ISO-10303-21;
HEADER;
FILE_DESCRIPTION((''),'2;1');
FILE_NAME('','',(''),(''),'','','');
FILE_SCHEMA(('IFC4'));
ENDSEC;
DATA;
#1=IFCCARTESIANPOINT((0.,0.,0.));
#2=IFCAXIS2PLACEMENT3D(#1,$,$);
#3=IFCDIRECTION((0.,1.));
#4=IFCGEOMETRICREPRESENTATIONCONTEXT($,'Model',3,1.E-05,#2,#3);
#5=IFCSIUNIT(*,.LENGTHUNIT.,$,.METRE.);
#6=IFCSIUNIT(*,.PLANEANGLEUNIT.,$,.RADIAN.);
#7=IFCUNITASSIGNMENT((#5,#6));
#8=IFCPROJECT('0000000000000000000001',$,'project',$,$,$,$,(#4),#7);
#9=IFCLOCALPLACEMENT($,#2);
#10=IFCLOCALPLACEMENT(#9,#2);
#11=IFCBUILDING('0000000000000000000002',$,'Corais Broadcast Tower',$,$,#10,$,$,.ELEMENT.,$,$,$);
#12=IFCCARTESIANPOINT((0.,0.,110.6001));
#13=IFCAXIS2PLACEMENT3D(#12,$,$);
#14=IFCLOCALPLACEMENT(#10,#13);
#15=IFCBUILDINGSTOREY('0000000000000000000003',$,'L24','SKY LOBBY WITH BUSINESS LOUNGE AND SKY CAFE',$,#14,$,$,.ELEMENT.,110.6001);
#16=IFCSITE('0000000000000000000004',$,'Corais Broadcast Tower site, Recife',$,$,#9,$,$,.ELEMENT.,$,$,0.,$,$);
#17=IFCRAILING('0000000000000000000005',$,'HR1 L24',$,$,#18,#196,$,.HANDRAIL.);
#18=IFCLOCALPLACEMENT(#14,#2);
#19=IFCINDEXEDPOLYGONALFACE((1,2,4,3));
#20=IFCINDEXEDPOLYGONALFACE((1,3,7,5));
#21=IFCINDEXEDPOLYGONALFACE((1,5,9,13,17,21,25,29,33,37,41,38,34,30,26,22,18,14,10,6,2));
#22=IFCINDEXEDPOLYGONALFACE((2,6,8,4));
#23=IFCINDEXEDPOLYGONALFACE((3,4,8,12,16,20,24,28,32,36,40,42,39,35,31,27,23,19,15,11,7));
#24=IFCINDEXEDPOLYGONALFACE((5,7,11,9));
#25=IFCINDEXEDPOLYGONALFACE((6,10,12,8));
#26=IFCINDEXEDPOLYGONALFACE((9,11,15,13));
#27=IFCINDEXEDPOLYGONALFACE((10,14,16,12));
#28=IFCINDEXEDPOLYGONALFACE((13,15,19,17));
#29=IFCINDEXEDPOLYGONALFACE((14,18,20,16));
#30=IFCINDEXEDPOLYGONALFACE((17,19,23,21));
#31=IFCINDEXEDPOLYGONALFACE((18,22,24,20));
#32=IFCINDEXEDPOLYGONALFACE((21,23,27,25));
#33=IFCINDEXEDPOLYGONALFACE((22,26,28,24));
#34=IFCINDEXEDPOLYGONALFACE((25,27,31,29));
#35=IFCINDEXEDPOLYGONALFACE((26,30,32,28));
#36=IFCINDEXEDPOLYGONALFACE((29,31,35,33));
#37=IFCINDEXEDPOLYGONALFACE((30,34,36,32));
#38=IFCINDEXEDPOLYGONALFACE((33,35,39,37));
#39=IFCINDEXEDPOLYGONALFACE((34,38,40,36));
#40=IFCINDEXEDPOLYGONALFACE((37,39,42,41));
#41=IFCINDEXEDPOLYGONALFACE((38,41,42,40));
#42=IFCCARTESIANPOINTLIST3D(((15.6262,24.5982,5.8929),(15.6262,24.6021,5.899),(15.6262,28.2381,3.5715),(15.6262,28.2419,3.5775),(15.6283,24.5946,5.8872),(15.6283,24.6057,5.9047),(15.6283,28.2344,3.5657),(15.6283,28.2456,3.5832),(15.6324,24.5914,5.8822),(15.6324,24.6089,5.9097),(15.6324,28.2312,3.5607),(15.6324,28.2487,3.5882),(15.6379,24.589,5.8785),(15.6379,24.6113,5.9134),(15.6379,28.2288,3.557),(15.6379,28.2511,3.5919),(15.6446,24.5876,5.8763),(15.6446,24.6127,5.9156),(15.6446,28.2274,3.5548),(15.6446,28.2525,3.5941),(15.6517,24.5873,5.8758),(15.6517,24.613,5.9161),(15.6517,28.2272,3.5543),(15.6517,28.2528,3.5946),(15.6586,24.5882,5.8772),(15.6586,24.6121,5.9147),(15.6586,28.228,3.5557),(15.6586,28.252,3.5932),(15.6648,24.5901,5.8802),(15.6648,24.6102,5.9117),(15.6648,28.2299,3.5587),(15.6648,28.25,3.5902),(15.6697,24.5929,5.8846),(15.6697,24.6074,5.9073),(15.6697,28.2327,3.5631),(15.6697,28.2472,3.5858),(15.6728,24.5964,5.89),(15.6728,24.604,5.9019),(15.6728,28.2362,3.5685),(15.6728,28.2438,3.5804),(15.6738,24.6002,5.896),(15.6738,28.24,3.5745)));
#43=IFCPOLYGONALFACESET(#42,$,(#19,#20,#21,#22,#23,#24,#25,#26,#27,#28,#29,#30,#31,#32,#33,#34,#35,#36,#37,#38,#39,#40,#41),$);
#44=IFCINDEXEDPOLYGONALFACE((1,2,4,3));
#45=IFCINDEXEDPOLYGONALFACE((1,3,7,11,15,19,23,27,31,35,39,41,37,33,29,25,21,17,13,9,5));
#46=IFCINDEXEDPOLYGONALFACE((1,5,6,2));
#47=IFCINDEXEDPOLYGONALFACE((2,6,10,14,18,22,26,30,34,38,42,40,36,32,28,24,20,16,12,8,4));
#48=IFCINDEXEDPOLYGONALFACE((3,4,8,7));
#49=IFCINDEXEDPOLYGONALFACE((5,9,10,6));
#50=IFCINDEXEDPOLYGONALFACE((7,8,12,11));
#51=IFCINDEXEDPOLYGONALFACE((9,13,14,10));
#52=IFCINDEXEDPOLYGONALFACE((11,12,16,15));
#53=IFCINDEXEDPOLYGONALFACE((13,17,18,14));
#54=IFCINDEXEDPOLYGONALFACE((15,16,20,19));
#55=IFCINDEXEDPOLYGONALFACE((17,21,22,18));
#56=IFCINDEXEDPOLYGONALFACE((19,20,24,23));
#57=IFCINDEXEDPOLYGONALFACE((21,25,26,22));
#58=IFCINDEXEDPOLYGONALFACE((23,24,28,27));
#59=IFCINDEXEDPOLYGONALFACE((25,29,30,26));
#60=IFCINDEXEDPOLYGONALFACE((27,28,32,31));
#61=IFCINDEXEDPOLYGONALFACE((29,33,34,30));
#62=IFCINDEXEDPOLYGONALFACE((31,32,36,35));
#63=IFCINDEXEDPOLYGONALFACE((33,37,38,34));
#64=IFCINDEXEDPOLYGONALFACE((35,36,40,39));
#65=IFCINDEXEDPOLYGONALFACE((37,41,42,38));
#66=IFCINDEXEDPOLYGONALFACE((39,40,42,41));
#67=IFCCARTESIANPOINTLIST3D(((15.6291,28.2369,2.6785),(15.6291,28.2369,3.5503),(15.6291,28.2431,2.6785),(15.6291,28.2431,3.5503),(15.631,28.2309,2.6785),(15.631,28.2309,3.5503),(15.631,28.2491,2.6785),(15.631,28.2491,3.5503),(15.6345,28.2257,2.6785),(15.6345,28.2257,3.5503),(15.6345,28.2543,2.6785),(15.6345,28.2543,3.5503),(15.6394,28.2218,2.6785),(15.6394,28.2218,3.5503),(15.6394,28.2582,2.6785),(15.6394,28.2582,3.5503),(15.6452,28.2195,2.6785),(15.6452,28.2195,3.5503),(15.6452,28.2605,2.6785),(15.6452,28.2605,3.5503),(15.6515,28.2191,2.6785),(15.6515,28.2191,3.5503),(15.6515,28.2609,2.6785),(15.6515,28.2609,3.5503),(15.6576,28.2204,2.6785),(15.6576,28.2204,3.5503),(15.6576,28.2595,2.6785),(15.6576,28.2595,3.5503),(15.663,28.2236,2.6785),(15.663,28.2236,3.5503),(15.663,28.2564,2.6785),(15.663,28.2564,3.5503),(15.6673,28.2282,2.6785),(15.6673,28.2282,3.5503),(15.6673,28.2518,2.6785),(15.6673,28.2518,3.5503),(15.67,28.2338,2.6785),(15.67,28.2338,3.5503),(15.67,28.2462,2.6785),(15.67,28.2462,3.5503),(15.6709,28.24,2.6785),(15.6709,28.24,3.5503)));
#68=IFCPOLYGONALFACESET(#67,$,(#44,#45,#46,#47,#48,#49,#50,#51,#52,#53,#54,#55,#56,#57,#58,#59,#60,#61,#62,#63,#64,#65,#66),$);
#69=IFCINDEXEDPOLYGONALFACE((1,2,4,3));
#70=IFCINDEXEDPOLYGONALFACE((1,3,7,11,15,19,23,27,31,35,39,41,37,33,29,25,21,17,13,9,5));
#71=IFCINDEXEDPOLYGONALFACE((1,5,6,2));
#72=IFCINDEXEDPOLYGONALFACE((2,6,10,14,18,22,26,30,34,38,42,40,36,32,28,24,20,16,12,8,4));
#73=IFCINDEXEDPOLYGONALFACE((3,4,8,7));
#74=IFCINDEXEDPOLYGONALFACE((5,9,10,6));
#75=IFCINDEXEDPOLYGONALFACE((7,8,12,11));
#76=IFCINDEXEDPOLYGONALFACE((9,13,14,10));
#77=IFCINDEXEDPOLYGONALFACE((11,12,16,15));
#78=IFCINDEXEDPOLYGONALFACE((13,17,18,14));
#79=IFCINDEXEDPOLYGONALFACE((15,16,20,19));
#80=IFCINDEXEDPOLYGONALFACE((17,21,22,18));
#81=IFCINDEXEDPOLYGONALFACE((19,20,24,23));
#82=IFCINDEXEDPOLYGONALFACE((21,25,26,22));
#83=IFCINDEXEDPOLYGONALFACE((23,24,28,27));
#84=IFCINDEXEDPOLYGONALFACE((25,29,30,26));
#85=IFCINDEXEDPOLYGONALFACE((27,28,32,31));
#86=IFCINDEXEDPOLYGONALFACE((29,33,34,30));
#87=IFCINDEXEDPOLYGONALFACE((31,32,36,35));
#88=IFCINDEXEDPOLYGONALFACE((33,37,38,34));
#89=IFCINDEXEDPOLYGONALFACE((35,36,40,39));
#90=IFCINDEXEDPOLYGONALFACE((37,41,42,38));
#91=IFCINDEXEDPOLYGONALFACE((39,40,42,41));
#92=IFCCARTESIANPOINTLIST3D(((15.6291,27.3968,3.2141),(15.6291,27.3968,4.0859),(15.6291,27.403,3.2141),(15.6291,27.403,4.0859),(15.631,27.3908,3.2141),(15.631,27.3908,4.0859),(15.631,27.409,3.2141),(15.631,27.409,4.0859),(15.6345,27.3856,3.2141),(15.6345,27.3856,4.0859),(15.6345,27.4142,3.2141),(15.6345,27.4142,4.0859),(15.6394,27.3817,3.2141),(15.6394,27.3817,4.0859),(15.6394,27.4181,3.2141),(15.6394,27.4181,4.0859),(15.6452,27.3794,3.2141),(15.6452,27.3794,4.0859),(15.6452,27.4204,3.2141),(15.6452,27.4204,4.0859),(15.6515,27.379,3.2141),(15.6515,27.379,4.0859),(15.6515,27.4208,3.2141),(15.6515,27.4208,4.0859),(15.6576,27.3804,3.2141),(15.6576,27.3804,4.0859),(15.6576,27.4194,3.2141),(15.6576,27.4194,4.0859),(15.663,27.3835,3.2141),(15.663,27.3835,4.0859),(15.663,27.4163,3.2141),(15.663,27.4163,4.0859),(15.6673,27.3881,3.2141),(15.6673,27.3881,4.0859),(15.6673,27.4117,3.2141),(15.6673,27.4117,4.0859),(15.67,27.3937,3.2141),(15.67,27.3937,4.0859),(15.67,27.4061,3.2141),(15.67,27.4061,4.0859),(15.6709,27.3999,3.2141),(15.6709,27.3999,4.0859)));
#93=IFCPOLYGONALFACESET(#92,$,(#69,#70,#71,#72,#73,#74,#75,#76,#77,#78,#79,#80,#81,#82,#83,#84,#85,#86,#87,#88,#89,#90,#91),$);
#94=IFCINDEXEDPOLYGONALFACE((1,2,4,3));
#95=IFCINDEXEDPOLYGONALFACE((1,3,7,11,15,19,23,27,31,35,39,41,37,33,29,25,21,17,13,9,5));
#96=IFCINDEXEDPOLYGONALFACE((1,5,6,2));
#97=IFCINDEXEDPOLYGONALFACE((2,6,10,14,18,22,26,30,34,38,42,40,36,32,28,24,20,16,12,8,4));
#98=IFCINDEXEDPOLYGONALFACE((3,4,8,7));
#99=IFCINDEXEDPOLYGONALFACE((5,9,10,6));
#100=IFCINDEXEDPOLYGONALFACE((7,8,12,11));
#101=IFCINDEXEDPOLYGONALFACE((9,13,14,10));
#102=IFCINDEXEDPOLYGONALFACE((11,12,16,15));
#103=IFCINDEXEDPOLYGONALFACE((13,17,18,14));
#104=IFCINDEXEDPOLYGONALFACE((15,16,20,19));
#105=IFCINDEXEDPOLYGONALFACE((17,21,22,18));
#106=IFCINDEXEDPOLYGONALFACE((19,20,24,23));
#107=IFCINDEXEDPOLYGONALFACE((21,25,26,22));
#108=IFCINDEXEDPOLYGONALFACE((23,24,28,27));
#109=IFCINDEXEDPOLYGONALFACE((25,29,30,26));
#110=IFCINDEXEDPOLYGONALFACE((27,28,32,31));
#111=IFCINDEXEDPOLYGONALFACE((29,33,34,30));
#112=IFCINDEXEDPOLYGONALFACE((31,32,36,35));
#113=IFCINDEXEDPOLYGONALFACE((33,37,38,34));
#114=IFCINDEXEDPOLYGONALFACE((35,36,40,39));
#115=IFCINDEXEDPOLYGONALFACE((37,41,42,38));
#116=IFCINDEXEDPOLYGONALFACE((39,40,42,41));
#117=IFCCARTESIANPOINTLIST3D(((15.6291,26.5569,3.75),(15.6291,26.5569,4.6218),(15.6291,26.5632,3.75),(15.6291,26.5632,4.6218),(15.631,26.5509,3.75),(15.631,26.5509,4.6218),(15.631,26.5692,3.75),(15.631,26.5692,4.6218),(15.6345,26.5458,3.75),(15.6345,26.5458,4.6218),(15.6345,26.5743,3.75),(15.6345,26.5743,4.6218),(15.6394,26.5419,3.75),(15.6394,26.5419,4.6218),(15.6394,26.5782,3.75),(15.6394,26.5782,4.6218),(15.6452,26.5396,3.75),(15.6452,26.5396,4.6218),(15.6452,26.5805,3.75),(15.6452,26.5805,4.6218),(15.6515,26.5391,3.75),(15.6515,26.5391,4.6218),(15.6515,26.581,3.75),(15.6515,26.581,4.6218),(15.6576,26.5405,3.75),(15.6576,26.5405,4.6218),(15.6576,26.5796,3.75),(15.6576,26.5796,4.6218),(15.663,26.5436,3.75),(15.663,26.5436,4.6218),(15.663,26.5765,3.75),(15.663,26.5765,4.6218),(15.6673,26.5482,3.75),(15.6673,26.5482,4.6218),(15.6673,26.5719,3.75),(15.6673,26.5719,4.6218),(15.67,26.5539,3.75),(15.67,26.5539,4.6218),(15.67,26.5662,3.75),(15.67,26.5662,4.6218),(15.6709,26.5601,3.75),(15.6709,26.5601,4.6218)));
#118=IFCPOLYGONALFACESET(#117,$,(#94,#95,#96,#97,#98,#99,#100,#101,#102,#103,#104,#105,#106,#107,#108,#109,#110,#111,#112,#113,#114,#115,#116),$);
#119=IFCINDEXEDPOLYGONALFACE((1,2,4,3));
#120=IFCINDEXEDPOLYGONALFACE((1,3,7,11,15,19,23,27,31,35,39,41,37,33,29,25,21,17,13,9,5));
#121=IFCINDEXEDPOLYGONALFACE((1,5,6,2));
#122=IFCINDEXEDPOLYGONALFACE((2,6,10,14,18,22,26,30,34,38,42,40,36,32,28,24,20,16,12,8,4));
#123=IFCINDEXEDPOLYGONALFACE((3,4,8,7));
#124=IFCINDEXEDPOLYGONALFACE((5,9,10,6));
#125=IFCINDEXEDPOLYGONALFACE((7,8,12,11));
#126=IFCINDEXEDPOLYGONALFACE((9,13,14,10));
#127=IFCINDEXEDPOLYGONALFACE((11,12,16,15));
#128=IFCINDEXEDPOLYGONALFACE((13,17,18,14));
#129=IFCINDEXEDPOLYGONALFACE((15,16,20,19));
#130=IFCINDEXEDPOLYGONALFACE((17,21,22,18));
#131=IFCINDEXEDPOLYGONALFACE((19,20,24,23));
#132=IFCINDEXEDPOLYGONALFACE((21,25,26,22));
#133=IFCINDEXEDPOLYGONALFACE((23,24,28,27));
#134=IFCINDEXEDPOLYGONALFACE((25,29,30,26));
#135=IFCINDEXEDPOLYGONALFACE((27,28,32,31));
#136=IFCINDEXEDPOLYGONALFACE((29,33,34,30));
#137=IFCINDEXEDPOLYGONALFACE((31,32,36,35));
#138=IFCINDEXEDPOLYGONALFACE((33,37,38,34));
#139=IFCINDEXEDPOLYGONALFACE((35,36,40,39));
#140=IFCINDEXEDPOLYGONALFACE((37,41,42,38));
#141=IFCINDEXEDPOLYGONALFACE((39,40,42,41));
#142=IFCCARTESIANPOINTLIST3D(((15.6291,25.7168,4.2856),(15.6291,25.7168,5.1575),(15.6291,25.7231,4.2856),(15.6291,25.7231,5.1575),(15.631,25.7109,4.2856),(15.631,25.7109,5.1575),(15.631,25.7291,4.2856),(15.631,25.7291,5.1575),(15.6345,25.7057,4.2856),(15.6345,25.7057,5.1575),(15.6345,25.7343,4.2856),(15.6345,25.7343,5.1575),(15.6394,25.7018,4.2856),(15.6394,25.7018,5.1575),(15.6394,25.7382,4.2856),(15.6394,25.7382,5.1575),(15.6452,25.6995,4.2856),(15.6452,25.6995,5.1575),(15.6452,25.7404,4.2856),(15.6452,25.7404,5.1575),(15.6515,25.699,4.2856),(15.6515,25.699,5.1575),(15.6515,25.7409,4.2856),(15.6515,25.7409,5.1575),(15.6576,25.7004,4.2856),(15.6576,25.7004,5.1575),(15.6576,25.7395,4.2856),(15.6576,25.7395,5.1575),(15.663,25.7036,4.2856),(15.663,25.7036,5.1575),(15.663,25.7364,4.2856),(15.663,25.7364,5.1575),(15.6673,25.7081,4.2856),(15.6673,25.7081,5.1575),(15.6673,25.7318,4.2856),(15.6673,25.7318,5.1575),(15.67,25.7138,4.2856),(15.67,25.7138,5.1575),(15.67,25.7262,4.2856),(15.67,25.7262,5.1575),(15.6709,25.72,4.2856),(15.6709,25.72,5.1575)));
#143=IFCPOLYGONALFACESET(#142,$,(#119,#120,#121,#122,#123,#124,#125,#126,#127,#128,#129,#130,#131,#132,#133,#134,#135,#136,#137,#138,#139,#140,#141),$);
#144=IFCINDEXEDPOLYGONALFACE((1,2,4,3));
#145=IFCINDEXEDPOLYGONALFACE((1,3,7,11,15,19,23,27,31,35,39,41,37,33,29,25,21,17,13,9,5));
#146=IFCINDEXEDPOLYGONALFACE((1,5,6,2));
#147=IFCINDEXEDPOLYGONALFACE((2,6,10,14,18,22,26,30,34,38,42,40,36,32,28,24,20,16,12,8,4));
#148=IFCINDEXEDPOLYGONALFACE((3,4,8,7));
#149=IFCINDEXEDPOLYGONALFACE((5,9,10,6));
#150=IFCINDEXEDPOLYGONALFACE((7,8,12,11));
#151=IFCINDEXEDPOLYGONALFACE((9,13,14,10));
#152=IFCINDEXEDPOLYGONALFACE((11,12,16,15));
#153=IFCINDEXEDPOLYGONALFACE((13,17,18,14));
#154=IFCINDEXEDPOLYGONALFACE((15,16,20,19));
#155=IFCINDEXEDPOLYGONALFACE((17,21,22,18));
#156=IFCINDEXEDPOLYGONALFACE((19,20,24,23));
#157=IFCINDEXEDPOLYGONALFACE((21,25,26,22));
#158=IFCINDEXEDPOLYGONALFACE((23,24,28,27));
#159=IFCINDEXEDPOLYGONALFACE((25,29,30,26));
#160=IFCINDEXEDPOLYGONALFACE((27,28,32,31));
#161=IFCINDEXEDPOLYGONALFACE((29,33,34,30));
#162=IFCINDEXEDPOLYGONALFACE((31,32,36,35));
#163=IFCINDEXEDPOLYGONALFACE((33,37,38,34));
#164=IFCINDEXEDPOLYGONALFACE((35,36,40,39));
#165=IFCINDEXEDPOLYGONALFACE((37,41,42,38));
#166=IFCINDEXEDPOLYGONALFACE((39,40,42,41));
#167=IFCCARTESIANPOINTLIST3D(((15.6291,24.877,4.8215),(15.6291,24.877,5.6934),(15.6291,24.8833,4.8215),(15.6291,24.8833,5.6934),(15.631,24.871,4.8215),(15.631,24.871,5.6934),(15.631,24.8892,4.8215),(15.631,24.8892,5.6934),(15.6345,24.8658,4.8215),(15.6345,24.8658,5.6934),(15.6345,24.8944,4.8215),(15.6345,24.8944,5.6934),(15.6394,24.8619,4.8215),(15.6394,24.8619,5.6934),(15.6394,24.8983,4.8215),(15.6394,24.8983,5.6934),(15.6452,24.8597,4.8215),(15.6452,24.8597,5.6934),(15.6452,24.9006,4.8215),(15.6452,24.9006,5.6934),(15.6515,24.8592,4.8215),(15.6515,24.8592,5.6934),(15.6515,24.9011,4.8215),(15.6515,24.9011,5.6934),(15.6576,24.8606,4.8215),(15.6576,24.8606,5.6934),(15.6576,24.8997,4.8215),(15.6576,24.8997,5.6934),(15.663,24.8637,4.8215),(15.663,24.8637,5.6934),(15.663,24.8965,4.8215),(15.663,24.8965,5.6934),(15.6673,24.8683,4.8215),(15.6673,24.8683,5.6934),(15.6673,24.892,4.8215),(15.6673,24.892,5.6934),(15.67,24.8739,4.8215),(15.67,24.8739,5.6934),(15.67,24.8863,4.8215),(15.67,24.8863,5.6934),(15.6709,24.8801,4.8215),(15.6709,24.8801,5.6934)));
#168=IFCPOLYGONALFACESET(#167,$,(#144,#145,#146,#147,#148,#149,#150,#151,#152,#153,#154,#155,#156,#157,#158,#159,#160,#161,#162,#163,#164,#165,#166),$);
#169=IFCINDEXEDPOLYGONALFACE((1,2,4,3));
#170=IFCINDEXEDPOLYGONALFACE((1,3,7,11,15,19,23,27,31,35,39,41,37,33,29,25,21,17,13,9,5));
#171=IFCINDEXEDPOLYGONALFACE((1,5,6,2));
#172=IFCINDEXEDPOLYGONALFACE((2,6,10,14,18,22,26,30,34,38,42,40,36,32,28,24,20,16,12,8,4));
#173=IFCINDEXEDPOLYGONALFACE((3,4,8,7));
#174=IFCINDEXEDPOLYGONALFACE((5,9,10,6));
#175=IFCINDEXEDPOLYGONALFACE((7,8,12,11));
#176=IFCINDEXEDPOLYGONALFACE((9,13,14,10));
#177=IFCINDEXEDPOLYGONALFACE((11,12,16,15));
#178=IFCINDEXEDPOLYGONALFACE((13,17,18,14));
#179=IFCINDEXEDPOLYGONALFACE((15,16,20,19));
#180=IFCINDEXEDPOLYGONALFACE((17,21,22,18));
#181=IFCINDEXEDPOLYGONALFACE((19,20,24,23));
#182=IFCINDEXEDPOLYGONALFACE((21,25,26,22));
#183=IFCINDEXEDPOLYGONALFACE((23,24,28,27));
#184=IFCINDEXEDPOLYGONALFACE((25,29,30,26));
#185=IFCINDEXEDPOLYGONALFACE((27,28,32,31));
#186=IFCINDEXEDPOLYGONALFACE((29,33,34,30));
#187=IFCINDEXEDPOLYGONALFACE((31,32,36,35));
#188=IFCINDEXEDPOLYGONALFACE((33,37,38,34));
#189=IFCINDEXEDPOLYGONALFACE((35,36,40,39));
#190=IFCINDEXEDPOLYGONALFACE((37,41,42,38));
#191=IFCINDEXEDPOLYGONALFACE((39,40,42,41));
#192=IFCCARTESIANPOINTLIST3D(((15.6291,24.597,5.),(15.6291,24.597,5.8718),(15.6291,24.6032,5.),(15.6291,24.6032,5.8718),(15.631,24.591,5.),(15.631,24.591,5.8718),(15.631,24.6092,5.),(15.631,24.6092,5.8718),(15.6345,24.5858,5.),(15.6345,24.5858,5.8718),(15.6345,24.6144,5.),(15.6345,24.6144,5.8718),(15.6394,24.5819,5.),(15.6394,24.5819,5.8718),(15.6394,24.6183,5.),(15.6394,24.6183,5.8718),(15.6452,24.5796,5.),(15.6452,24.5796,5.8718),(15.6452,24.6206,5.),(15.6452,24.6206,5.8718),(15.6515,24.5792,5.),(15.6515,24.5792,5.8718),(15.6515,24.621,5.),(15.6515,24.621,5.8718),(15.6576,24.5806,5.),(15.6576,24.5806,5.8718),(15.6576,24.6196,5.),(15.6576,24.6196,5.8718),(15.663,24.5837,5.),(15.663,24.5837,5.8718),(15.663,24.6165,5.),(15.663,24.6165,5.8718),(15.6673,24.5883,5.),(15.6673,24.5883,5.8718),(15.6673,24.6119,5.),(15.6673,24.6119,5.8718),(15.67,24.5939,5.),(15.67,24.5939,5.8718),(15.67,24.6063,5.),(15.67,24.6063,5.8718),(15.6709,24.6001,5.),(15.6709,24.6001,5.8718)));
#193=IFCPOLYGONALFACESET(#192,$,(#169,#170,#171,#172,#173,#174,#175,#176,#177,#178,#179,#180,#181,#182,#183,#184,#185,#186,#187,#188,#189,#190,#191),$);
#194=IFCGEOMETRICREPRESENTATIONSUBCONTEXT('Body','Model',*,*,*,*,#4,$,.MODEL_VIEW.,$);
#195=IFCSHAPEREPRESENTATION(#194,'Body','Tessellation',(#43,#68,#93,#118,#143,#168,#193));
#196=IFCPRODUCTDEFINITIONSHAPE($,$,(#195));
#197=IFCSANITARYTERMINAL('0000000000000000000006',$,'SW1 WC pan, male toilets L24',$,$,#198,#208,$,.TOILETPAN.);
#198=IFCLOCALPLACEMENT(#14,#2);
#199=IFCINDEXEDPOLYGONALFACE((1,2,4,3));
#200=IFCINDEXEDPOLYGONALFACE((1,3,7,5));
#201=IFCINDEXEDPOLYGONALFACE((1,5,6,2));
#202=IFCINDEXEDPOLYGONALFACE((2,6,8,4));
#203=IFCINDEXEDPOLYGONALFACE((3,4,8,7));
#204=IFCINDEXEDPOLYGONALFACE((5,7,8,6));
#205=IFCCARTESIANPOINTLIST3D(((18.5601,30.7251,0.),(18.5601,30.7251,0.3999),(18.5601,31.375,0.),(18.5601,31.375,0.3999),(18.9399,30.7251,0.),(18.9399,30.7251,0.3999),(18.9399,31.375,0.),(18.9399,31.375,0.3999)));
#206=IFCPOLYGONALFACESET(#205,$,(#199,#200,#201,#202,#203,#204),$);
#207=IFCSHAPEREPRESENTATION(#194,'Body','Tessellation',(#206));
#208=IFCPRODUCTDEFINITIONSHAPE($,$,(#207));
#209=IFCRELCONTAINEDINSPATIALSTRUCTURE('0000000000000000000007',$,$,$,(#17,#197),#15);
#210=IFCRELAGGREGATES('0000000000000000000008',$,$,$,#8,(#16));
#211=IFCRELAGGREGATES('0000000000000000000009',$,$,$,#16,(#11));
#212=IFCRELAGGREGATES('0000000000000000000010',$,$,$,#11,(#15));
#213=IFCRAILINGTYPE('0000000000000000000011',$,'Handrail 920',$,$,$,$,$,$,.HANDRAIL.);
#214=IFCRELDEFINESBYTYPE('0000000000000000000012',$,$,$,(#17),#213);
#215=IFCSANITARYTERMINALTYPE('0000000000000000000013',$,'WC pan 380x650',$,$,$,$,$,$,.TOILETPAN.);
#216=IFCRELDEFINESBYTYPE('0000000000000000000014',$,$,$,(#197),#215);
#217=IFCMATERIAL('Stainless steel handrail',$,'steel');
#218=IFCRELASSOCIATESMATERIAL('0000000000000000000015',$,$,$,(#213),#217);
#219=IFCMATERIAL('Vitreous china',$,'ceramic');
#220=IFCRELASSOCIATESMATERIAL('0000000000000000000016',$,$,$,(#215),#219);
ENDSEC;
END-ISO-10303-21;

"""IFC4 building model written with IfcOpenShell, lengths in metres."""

from ifc_helpers import new_model, si_unit, direction, frame, origin, origin_2d, place, context, subcontext, project, spatial, rectangle, circle, extrude, material, type_object, element, save


model = new_model("IFC4")

# Units and contexts
model_context = context("Model", 3, precision=1e-05, world=origin(), true_north=direction((0.0, 1.0)))
body_context = subcontext(model_context, "Body", "Model", "MODEL_VIEW")
ifc_project = project(units=[si_unit("LENGTHUNIT", "METRE"), si_unit("PLANEANGLEUNIT", "RADIAN")], contexts=[model_context])

# Site, building, storey
site_placement = place(None, origin())
site = spatial("IfcSite", under=ifc_project, at=site_placement, Name="Corais Broadcast Tower site, Recife", CompositionType="ELEMENT", RefElevation=0.0)
building_placement = place(site_placement, origin())
building = spatial("IfcBuilding", under=site, at=building_placement, Name="Corais Broadcast Tower", CompositionType="ELEMENT")
storey_placement = place(building_placement, frame((0.0, 0.0, 110.6001)))
storey = spatial("IfcBuildingStorey", under=building, at=storey_placement, Name="L24", Description="SKY LOBBY WITH BUSINESS LOUNGE AND SKY CAFE", CompositionType="ELEMENT", Elevation=110.6001)

# Railing
ifc_material_1 = material(Name="Stainless steel handrail", Category="steel")
railing_type = type_object("IfcRailingType", Name="Handrail 920", PredefinedType="HANDRAIL", material=ifc_material_1)
railing_placement = place(storey_placement, frame((15.6499, 28.24, 2.6785)))
element("IfcRailing", 1, at=railing_placement, inside=storey, type_object=railing_type, Name="HR1 L24", PredefinedType="HANDRAIL", context=body_context, shape_type="SweptSolid", body=[
    extrude(circle(Radius=0.0239, at=origin_2d()), frame((0.0, 0.0, 0.896), z_axis=(0.0, -0.843112, 0.537739), x_axis=(1.0, 0.0, 0.0)), (0.0, 0.0, 1.0), 4.3171),
    extrude(circle(Radius=0.021, at=origin_2d()), origin(), (0.0, 0.0, 1.0), 0.8718),
    extrude(circle(Radius=0.021, at=origin_2d()), frame((0.0, -0.8401, 0.5356)), (0.0, 0.0, 1.0), 0.8718),
    extrude(circle(Radius=0.021, at=origin_2d()), frame((0.0, -1.6799, 1.0715)), (0.0, 0.0, 1.0), 0.8718),
    extrude(circle(Radius=0.021, at=origin_2d()), frame((0.0, -2.52, 1.6072)), (0.0, 0.0, 1.0), 0.8718),
    extrude(circle(Radius=0.021, at=origin_2d()), frame((0.0, -3.3599, 2.1431)), (0.0, 0.0, 1.0), 0.8718),
    extrude(circle(Radius=0.021, at=origin_2d()), frame((0.0, -3.6399, 2.3215)), (0.0, 0.0, 1.0), 0.8718),
])

# Sanitary terminal
ifc_material_2 = material(Name="Vitreous china", Category="ceramic")
sanitary_terminal_type_1 = type_object("IfcSanitaryTerminalType", Name="WC pan 380x650", PredefinedType="TOILETPAN", material=ifc_material_2)
for number, where, z_axis, x_axis, name in (
    (2, (18.75, 31.05, 0.0), (0.0, 0.0, 1.0), (1.0, 0.0, 0.0), "SW1 WC pan, male toilets L24"),
):
    element("IfcSanitaryTerminal", number, at=place(storey_placement, frame(where, z_axis=z_axis, x_axis=x_axis)), inside=storey, type_object=sanitary_terminal_type_1, Name=name, PredefinedType="TOILETPAN", context=body_context, shape_type="SweptSolid", body=[
        extrude(rectangle(XDim=0.3799, YDim=0.6499, at=origin_2d()), origin(), (0.0, 0.0, 1.0), 0.3999),
    ])

save(model, "model.ifc")
